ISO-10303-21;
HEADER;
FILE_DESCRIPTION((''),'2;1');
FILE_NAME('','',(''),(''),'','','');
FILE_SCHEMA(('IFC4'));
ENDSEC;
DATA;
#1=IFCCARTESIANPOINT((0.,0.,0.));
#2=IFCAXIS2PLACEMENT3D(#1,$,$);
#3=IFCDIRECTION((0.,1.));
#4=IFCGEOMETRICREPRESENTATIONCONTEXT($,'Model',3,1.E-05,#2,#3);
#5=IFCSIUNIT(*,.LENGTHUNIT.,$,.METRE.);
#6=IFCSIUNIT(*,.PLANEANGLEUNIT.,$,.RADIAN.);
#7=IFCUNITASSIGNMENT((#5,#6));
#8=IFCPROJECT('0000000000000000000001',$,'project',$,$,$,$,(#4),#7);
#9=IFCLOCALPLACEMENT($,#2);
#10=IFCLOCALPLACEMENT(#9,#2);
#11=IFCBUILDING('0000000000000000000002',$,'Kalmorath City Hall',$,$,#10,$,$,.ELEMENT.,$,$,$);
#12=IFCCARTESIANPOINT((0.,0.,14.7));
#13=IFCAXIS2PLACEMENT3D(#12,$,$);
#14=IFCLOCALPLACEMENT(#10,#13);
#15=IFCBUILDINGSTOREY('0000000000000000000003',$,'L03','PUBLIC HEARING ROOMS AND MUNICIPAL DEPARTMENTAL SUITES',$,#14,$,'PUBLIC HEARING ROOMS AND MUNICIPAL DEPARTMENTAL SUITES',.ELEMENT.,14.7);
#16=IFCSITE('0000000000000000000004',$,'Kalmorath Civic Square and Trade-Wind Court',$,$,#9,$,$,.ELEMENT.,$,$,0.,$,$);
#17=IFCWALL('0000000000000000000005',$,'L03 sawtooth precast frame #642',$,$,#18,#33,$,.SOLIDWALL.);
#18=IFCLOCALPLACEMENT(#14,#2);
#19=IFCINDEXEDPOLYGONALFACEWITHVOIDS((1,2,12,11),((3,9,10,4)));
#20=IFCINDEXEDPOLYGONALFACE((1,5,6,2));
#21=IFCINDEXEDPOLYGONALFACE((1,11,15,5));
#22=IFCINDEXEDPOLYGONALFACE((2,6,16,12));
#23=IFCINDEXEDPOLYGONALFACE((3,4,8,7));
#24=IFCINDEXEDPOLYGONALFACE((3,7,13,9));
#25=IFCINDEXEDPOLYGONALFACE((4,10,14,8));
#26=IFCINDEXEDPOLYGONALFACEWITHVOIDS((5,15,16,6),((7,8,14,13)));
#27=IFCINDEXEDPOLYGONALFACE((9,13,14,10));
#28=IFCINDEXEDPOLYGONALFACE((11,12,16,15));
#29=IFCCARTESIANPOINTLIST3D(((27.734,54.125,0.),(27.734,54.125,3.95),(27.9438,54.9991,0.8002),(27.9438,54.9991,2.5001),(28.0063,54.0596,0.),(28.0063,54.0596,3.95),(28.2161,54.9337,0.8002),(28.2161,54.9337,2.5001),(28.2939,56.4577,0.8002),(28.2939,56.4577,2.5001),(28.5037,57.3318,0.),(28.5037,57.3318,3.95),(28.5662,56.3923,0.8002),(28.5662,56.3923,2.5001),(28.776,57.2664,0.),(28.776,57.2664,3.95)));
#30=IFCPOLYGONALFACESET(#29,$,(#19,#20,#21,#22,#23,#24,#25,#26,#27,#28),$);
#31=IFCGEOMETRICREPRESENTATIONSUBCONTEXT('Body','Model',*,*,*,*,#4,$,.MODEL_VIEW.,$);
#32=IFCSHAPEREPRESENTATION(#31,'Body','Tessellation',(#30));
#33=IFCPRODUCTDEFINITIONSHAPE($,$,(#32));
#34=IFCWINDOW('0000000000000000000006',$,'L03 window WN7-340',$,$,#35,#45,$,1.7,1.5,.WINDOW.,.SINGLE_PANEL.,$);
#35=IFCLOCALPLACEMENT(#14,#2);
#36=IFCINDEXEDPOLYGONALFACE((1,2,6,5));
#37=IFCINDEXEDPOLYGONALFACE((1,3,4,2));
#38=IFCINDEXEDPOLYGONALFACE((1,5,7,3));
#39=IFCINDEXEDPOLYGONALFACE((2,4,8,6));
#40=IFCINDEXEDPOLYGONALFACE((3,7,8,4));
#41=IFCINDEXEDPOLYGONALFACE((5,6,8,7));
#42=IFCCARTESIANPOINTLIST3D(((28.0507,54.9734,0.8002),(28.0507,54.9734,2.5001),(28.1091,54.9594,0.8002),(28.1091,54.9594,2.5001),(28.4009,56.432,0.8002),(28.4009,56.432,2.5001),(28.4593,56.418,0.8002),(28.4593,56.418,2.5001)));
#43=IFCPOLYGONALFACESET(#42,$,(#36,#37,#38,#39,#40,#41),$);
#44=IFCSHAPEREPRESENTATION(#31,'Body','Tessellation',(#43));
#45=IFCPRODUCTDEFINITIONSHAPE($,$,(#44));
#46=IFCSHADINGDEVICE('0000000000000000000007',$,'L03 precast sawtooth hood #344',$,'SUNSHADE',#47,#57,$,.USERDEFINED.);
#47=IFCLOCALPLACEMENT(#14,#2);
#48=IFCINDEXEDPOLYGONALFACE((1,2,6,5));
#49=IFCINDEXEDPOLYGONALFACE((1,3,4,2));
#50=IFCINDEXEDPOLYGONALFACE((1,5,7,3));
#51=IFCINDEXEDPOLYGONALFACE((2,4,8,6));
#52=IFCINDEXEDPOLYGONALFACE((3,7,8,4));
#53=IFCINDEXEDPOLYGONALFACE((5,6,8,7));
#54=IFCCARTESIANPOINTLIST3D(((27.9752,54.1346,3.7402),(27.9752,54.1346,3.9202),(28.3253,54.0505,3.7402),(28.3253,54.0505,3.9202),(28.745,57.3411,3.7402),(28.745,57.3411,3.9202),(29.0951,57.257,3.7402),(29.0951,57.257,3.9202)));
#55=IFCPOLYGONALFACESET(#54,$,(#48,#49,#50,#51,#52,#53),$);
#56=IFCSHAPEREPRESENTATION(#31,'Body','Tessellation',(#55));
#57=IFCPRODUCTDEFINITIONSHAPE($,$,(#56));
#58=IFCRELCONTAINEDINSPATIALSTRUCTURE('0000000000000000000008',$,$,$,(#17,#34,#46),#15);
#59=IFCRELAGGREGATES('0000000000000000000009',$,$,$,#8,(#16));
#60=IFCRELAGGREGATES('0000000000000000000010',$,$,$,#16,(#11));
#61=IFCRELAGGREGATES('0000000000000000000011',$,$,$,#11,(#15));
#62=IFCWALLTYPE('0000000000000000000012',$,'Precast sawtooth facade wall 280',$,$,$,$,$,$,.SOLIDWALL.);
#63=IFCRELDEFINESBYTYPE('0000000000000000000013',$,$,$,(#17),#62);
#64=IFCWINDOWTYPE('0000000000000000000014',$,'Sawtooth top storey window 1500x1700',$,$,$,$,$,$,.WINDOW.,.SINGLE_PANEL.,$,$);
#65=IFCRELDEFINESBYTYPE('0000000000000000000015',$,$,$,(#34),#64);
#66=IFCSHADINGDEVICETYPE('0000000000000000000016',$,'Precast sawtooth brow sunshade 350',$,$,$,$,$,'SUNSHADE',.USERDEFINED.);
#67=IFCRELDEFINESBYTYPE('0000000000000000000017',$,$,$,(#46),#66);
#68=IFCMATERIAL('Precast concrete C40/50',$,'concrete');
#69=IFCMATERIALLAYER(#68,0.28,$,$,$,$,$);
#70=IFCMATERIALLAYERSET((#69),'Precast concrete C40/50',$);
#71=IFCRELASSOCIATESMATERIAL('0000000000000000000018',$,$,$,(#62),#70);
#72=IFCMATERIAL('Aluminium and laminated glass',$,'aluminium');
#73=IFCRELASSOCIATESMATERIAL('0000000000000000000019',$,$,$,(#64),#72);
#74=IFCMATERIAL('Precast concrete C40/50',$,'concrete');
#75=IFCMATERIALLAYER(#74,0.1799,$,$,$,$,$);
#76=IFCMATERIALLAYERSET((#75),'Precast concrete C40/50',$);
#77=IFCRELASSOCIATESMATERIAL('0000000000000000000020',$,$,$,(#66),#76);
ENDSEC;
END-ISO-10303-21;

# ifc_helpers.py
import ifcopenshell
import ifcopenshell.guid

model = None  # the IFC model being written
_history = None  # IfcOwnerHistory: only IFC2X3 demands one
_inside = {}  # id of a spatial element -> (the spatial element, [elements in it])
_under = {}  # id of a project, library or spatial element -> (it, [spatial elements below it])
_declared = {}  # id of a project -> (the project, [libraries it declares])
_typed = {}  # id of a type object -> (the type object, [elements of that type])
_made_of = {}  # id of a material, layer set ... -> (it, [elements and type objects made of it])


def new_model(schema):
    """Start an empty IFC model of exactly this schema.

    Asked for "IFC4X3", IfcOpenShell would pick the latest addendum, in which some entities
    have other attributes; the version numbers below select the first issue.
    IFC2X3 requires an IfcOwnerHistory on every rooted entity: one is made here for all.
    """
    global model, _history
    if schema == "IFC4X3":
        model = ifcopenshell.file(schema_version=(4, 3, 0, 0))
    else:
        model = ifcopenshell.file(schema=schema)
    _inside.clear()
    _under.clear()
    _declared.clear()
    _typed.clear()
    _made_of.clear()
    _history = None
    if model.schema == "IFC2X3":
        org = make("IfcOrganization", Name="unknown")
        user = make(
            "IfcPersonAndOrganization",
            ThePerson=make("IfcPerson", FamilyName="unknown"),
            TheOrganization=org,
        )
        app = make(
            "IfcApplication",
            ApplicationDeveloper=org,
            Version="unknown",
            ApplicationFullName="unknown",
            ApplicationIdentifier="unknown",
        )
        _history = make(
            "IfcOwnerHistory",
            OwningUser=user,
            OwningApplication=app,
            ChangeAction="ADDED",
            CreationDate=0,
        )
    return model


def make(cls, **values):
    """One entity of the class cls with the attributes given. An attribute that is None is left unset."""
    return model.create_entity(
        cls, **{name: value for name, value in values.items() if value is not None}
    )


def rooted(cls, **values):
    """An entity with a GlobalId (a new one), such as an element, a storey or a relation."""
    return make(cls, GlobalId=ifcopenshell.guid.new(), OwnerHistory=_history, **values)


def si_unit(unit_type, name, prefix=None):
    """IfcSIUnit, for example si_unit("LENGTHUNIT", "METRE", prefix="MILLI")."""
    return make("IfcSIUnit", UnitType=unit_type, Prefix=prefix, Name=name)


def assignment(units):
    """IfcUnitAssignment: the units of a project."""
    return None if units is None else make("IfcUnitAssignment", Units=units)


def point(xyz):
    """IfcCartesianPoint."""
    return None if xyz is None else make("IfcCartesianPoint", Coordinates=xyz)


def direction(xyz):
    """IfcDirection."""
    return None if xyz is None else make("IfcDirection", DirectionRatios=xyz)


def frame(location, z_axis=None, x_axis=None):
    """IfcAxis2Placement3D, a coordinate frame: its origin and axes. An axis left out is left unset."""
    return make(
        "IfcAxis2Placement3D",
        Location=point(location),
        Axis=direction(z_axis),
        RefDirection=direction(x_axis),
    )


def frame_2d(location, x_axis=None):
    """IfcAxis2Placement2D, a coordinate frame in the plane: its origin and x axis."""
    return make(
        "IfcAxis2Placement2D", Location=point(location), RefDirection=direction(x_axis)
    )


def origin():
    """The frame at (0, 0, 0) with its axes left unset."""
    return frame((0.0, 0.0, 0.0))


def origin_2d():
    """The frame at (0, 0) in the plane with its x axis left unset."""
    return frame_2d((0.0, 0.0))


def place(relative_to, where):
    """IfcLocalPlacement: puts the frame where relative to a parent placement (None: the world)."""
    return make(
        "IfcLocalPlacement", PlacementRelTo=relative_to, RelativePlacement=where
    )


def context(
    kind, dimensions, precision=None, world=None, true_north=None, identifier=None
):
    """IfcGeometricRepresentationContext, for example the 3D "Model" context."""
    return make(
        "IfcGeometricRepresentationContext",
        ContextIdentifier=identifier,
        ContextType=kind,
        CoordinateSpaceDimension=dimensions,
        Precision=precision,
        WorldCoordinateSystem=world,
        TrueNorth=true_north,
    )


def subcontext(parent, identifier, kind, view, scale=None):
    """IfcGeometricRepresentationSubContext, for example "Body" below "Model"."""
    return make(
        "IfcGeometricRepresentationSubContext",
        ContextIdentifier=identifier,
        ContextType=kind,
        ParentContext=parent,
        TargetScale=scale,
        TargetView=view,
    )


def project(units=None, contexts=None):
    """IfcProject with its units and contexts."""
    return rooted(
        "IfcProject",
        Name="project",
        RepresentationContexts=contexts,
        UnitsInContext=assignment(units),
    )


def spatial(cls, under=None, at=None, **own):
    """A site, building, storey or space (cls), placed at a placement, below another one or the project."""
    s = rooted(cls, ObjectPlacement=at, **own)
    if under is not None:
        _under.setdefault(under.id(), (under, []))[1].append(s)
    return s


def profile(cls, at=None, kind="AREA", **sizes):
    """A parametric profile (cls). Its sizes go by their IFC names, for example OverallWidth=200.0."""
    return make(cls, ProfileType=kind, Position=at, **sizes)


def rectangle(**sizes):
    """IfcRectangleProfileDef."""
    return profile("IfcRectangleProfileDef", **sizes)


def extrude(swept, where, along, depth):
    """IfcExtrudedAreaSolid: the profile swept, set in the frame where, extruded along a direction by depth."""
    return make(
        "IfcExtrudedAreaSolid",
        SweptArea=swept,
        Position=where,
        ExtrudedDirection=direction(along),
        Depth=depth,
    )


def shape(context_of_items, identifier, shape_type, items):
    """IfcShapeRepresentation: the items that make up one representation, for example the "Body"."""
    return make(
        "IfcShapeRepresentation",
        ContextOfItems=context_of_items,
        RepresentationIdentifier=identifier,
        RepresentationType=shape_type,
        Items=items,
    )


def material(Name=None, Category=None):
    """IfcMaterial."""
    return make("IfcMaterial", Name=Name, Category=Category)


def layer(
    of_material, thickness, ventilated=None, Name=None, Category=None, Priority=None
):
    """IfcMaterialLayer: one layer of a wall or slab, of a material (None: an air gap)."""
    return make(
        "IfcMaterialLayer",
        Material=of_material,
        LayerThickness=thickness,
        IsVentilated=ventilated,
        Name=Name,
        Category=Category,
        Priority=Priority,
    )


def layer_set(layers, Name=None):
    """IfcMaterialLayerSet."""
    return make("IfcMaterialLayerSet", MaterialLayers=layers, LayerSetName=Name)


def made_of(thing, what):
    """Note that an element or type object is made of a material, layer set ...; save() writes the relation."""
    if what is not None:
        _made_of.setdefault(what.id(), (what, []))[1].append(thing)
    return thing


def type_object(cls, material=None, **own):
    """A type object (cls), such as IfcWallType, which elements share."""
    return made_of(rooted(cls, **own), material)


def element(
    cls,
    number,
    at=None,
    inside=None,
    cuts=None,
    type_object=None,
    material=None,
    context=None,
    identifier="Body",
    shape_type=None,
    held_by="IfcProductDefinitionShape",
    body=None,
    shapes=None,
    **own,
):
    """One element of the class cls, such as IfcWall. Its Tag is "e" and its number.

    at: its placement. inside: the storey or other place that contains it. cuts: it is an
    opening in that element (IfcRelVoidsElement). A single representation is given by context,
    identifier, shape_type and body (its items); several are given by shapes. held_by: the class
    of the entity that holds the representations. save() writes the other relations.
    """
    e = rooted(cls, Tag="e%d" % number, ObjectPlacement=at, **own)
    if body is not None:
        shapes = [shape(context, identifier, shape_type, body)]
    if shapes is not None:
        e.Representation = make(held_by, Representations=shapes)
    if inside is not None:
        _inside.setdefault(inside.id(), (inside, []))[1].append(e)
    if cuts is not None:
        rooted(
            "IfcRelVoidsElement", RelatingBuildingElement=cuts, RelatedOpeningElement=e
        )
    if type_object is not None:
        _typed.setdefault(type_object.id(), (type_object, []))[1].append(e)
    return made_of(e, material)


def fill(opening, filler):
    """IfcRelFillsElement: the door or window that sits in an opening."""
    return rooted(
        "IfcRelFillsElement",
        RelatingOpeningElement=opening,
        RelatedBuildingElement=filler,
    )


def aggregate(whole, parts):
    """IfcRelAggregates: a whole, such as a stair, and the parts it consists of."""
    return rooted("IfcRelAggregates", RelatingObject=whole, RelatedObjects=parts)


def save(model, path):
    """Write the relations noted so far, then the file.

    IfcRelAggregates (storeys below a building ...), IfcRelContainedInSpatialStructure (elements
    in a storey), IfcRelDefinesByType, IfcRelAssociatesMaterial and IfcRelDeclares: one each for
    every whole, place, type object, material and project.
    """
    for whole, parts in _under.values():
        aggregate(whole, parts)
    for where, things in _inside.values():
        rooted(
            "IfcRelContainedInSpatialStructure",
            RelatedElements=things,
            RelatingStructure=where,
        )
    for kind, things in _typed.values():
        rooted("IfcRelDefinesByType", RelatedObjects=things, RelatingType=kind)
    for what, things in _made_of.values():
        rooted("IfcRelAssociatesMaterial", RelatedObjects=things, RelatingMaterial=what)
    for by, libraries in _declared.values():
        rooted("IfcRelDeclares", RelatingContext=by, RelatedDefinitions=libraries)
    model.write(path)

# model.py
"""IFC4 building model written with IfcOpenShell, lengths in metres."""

from ifc_helpers import new_model, si_unit, direction, frame, frame_2d, origin, origin_2d, place, context, subcontext, project, spatial, rectangle, extrude, material, layer, layer_set, type_object, element, fill, save


model = new_model("IFC4")

# Units and contexts
model_context = context("Model", 3, precision=1e-05, world=origin(), true_north=direction((0.0, 1.0)))
body_context = subcontext(model_context, "Body", "Model", "MODEL_VIEW")
ifc_project = project(units=[si_unit("LENGTHUNIT", "METRE"), si_unit("PLANEANGLEUNIT", "RADIAN")], contexts=[model_context])

# Site, building, storey
site_placement = place(None, origin())
site = spatial("IfcSite", under=ifc_project, at=site_placement, Name="Kalmorath Civic Square and Trade-Wind Court", CompositionType="ELEMENT", RefElevation=0.0)
building_placement = place(site_placement, origin())
building = spatial("IfcBuilding", under=site, at=building_placement, Name="Kalmorath City Hall", CompositionType="ELEMENT")
storey_placement = place(building_placement, frame((0.0, 0.0, 14.7)))
storey = spatial("IfcBuildingStorey", under=building, at=storey_placement, Name="L03", Description="PUBLIC HEARING ROOMS AND MUNICIPAL DEPARTMENTAL SUITES", LongName="PUBLIC HEARING ROOMS AND MUNICIPAL DEPARTMENTAL SUITES", CompositionType="ELEMENT", Elevation=14.7)

# Wall, opening, window
ifc_material_1 = material(Name="Precast concrete C40/50", Category="concrete")
ifc_layer_1 = layer(ifc_material_1, 0.28)
ifc_layer_set_1 = layer_set([ifc_layer_1], Name="Precast concrete C40/50")
wall_type = type_object("IfcWallType", Name="Precast sawtooth facade wall 280", PredefinedType="SOLIDWALL", material=ifc_layer_set_1)
wall_placement = place(storey_placement, frame((28.6399, 57.2991, 0.0), z_axis=(0.0, 0.0, 1.0), x_axis=(-0.233415, -0.972377, 0.0)))
wall = element("IfcWall", 1, at=wall_placement, inside=storey, type_object=wall_type, Name="L03 sawtooth precast frame #642", PredefinedType="SOLIDWALL", context=body_context, shape_type="SweptSolid", body=[
    extrude(rectangle(XDim=3.2979, YDim=0.28, at=frame_2d((1.6489, 0.0))), origin(), (0.0, 0.0, 1.0), 3.95),
])
opening_placement = place(wall_placement, frame((0.8989, 0.0, 0.8)))
opening = element("IfcOpeningElement", 2, at=opening_placement, cuts=wall, PredefinedType="OPENING", context=body_context, shape_type="SweptSolid", body=[
    extrude(rectangle(XDim=1.5, YDim=1.7, at=frame_2d((0.75, 0.8501))), frame((0.0, 0.1499, 0.0), z_axis=(0.0, -1.0, 0.0), x_axis=(1.0, 0.0, 0.0)), (0.0, 0.0, 1.0), 0.3),
])
ifc_material_2 = material(Name="Aluminium and laminated glass", Category="aluminium")
window_type = type_object("IfcWindowType", Name="Sawtooth top storey window 1500x1700", PartitioningType="SINGLE_PANEL", PredefinedType="WINDOW", material=ifc_material_2)
window_placement = place(opening_placement, origin())
window = element("IfcWindow", 3, at=window_placement, inside=storey, type_object=window_type, Name="L03 window WN7-340", OverallHeight=1.7, OverallWidth=1.5, PartitioningType="SINGLE_PANEL", PredefinedType="WINDOW", context=body_context, shape_type="SweptSolid", body=[
    extrude(rectangle(XDim=1.5, YDim=1.7, at=frame_2d((0.75, 0.8501))), frame((0.0, 0.03, 0.0), z_axis=(0.0, -1.0, 0.0), x_axis=(1.0, 0.0, 0.0)), (0.0, 0.0, 1.0), 0.0601),
])
fill(opening, window)

# Shading device
ifc_material_3 = material(Name="Precast concrete C40/50", Category="concrete")
ifc_layer_2 = layer(ifc_material_3, 0.1799)
ifc_layer_set_2 = layer_set([ifc_layer_2], Name="Precast concrete C40/50")
shading_device_type = type_object("IfcShadingDeviceType", Name="Precast sawtooth brow sunshade 350", ElementType="SUNSHADE", PredefinedType="USERDEFINED", material=ifc_layer_set_2)
shading_device_placement = place(storey_placement, frame((28.5352, 55.6958, 3.7402), z_axis=(0.0, 0.0, 1.0), x_axis=(-0.233445, -0.97237, 0.0)))
element("IfcShadingDevice", 4, at=shading_device_placement, inside=storey, type_object=shading_device_type, Name="L03 precast sawtooth hood #344", ObjectType="SUNSHADE", PredefinedType="USERDEFINED", context=body_context, shape_type="SweptSolid", body=[
    extrude(rectangle(XDim=3.2976, YDim=0.3601, at=origin_2d()), origin(), (0.0, 0.0, 1.0), 0.1799),
])

save(model, "model.ifc")
